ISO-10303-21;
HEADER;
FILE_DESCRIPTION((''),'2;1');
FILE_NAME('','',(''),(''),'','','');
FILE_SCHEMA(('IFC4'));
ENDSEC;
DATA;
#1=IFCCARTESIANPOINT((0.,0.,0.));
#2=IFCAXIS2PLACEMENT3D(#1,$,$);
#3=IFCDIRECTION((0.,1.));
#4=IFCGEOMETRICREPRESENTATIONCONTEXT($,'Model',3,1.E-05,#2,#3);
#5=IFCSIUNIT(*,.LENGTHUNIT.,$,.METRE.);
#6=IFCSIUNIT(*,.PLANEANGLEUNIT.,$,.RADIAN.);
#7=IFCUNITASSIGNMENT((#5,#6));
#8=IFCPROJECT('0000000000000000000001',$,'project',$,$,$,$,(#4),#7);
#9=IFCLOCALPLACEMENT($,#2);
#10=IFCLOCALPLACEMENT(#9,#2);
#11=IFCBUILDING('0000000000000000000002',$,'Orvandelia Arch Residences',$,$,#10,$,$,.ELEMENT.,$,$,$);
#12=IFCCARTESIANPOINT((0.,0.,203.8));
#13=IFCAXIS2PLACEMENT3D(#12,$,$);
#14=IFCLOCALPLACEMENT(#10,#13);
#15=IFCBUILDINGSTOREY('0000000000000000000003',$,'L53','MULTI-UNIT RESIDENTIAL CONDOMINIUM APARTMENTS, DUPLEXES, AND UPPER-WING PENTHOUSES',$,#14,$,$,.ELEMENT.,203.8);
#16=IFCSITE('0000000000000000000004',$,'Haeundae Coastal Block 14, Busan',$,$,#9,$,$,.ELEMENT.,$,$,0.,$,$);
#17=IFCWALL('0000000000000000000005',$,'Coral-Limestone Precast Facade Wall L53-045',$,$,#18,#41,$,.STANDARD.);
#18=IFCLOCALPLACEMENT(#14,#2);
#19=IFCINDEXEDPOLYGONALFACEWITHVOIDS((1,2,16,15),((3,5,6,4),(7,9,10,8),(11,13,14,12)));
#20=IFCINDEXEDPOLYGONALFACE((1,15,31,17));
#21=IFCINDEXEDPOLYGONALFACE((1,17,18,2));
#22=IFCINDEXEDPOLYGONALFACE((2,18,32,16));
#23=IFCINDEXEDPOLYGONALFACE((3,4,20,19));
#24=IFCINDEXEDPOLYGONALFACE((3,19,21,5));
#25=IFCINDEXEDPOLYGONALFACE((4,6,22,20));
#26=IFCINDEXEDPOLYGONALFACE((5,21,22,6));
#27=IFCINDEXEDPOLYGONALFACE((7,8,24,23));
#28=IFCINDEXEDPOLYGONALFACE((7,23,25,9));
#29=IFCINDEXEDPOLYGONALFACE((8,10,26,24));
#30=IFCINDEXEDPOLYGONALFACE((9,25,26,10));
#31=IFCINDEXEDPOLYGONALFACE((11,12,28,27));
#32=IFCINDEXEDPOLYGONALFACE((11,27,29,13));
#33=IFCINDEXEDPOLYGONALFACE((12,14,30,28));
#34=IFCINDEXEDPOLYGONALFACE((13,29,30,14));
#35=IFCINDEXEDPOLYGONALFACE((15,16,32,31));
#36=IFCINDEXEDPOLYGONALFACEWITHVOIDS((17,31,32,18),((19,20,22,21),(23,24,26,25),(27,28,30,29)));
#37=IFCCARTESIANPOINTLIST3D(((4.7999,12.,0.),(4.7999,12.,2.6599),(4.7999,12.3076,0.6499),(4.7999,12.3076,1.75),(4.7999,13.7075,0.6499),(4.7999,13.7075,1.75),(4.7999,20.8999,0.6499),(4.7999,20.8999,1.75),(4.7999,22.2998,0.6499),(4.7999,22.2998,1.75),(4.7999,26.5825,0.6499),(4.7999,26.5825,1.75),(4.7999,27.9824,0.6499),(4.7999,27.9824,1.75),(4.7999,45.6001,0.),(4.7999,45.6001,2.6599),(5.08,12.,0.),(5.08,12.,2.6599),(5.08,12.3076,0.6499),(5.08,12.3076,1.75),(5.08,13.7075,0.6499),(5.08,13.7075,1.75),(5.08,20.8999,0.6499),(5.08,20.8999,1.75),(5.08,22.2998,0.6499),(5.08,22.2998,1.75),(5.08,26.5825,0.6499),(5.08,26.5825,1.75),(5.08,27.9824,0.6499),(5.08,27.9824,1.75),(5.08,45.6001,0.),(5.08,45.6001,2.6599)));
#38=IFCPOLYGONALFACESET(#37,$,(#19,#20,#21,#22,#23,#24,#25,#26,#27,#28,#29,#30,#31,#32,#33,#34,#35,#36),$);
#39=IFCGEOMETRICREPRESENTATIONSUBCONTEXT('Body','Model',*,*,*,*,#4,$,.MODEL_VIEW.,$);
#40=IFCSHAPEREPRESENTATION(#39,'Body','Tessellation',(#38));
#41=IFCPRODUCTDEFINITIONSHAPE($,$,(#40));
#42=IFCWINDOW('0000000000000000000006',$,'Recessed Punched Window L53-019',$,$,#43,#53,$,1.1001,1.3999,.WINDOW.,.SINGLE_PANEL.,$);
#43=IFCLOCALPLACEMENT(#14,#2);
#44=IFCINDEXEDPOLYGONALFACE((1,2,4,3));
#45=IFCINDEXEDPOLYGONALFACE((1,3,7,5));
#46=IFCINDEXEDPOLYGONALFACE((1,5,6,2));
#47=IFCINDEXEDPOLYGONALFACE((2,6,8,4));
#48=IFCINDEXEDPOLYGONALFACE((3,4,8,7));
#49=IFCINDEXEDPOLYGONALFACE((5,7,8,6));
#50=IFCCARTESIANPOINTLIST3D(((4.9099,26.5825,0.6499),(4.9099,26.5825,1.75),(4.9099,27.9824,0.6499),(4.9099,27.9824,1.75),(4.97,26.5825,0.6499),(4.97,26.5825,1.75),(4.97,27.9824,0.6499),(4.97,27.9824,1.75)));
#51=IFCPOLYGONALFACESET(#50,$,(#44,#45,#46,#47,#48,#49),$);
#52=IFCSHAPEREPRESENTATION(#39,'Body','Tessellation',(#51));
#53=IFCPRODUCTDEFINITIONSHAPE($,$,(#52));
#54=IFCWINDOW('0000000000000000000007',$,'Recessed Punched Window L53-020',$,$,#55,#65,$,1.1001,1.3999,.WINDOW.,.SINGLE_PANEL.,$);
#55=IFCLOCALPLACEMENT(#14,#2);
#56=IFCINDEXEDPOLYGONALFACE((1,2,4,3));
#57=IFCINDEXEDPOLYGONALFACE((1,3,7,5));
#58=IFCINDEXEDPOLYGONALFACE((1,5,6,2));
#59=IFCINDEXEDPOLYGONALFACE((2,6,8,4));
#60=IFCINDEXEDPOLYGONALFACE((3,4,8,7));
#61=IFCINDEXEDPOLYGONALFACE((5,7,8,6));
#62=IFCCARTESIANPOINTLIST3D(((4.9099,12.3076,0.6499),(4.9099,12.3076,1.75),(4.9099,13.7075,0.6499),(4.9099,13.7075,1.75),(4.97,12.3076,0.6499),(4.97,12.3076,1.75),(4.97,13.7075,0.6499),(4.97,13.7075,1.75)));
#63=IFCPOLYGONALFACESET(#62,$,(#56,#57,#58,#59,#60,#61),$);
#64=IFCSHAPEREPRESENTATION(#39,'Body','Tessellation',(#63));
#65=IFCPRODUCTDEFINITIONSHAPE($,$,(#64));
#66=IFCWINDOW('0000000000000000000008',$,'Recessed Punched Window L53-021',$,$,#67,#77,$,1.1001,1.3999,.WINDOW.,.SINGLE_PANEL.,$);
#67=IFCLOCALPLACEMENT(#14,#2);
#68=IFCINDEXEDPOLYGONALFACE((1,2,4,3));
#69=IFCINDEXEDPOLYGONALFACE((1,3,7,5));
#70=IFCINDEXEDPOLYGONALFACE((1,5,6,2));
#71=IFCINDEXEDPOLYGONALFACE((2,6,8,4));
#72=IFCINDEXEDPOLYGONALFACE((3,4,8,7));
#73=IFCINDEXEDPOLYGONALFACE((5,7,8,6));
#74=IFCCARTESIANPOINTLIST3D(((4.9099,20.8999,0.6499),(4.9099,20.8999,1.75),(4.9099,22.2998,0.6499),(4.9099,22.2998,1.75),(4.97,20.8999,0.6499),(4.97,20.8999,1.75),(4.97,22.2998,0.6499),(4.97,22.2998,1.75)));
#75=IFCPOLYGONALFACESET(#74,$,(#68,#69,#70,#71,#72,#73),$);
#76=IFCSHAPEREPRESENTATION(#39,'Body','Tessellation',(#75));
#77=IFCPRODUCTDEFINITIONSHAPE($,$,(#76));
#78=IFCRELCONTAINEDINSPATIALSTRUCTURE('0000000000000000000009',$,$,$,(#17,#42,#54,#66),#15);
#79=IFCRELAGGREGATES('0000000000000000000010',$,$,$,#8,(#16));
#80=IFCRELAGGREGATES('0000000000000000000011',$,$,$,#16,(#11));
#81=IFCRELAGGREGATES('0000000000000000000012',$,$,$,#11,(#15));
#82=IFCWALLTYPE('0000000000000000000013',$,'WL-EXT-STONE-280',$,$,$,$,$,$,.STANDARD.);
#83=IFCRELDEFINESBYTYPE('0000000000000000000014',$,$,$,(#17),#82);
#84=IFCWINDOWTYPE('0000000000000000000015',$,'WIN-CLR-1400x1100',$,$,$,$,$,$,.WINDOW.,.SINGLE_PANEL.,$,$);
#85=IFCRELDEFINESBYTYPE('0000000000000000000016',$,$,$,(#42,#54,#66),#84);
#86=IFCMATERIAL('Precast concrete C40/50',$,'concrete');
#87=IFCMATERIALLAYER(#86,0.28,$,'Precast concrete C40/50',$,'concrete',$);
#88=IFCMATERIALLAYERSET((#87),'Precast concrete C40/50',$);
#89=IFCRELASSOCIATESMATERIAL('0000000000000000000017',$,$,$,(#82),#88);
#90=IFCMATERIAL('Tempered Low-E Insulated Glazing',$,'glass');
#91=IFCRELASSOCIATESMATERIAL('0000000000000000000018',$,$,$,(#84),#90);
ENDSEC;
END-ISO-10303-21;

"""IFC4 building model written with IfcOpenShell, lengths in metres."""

from ifc_helpers import new_model, si_unit, direction, frame, frame_2d, origin, place, context, subcontext, project, spatial, rectangle, extrude, material, layer, layer_set, type_object, element, fill, save


model = new_model("IFC4")

# Units and contexts
model_context = context("Model", 3, precision=1e-05, world=origin(), true_north=direction((0.0, 1.0)))
body_context = subcontext(model_context, "Body", "Model", "MODEL_VIEW")
ifc_project = project(units=[si_unit("LENGTHUNIT", "METRE"), si_unit("PLANEANGLEUNIT", "RADIAN")], contexts=[model_context])

# Site, building, storey
site_placement = place(None, origin())
site = spatial("IfcSite", under=ifc_project, at=site_placement, Name="Haeundae Coastal Block 14, Busan", CompositionType="ELEMENT", RefElevation=0.0)
building_placement = place(site_placement, origin())
building = spatial("IfcBuilding", under=site, at=building_placement, Name="Orvandelia Arch Residences", CompositionType="ELEMENT")
storey_placement = place(building_placement, frame((0.0, 0.0, 203.8)))
storey = spatial("IfcBuildingStorey", under=building, at=storey_placement, Name="L53", Description="MULTI-UNIT RESIDENTIAL CONDOMINIUM APARTMENTS, DUPLEXES, AND UPPER-WING PENTHOUSES", CompositionType="ELEMENT", Elevation=203.8)

# Shared definitions
ifc_material_1 = material(Name="Precast concrete C40/50", Category="concrete")
ifc_layer_1 = layer(ifc_material_1, 0.28, Name="Precast concrete C40/50", Category="concrete")
ifc_layer_set_1 = layer_set([ifc_layer_1], Name="Precast concrete C40/50")
wall_type = type_object("IfcWallType", Name="WL-EXT-STONE-280", PredefinedType="STANDARD", material=ifc_layer_set_1)

# Wall, openings, windows
wall_1_placement = place(storey_placement, frame((4.9399, 12.0, 0.0), z_axis=(0.0, 0.0, 1.0), x_axis=(0.0, 1.0, 0.0)))
wall_1 = element("IfcWall", 1, at=wall_1_placement, inside=storey, type_object=wall_type, Name="Coral-Limestone Precast Facade Wall L53-045", PredefinedType="STANDARD", context=body_context, shape_type="SweptSolid", body=[
    extrude(rectangle(XDim=33.6001, YDim=0.28, at=frame_2d((16.8, 0.0))), origin(), (0.0, 0.0, 1.0), 2.6599),
])
opening_1_placement = place(wall_1_placement, frame((14.5825, 0.0, 0.6499)))
opening_1 = element("IfcOpeningElement", 2, at=opening_1_placement, cuts=wall_1, PredefinedType="OPENING", context=body_context, shape_type="SweptSolid", body=[
    extrude(rectangle(XDim=1.3999, YDim=1.1001, at=frame_2d((0.7, 0.55))), frame((0.0, 0.1499, 0.0), z_axis=(0.0, -1.0, 0.0), x_axis=(1.0, 0.0, 0.0)), (0.0, 0.0, 1.0), 0.3),
])
opening_2_placement = place(wall_1_placement, frame((0.3076, 0.0, 0.6499)))
opening_2 = element("IfcOpeningElement", 3, at=opening_2_placement, cuts=wall_1, PredefinedType="OPENING", context=body_context, shape_type="SweptSolid", body=[
    extrude(rectangle(XDim=1.3999, YDim=1.1001, at=frame_2d((0.7, 0.55))), frame((0.0, 0.1499, 0.0), z_axis=(0.0, -1.0, 0.0), x_axis=(1.0, 0.0, 0.0)), (0.0, 0.0, 1.0), 0.3),
])
opening_3_placement = place(wall_1_placement, frame((8.8999, 0.0, 0.6499)))
opening_3 = element("IfcOpeningElement", 4, at=opening_3_placement, cuts=wall_1, PredefinedType="OPENING", context=body_context, shape_type="SweptSolid", body=[
    extrude(rectangle(XDim=1.3999, YDim=1.1001, at=frame_2d((0.7, 0.55))), frame((0.0, 0.1499, 0.0), z_axis=(0.0, -1.0, 0.0), x_axis=(1.0, 0.0, 0.0)), (0.0, 0.0, 1.0), 0.3),
])
ifc_material_2 = material(Name="Tempered Low-E Insulated Glazing", Category="glass")
window_type = type_object("IfcWindowType", Name="WIN-CLR-1400x1100", PartitioningType="SINGLE_PANEL", PredefinedType="WINDOW", material=ifc_material_2)
window_1_placement = place(opening_1_placement, origin())
window_1 = element("IfcWindow", 5, at=window_1_placement, inside=storey, type_object=window_type, Name="Recessed Punched Window L53-019", OverallHeight=1.1001, OverallWidth=1.3999, PartitioningType="SINGLE_PANEL", PredefinedType="WINDOW", context=body_context, shape_type="SweptSolid", body=[
    extrude(rectangle(XDim=1.3999, YDim=1.1001, at=frame_2d((0.7, 0.55))), frame((0.0, 0.03, 0.0), z_axis=(0.0, -1.0, 0.0), x_axis=(1.0, 0.0, 0.0)), (0.0, 0.0, 1.0), 0.0601),
])
fill(opening_1, window_1)
window_2_placement = place(opening_2_placement, origin())
window_2 = element("IfcWindow", 6, at=window_2_placement, inside=storey, type_object=window_type, Name="Recessed Punched Window L53-020", OverallHeight=1.1001, OverallWidth=1.3999, PartitioningType="SINGLE_PANEL", PredefinedType="WINDOW", context=body_context, shape_type="SweptSolid", body=[
    extrude(rectangle(XDim=1.3999, YDim=1.1001, at=frame_2d((0.7, 0.55))), frame((0.0, 0.03, 0.0), z_axis=(0.0, -1.0, 0.0), x_axis=(1.0, 0.0, 0.0)), (0.0, 0.0, 1.0), 0.0601),
])
fill(opening_2, window_2)
window_3_placement = place(opening_3_placement, origin())
window_3 = element("IfcWindow", 7, at=window_3_placement, inside=storey, type_object=window_type, Name="Recessed Punched Window L53-021", OverallHeight=1.1001, OverallWidth=1.3999, PartitioningType="SINGLE_PANEL", PredefinedType="WINDOW", context=body_context, shape_type="SweptSolid", body=[
    extrude(rectangle(XDim=1.3999, YDim=1.1001, at=frame_2d((0.7, 0.55))), frame((0.0, 0.03, 0.0), z_axis=(0.0, -1.0, 0.0), x_axis=(1.0, 0.0, 0.0)), (0.0, 0.0, 1.0), 0.0601),
])
fill(opening_3, window_3)

save(model, "model.ifc")
